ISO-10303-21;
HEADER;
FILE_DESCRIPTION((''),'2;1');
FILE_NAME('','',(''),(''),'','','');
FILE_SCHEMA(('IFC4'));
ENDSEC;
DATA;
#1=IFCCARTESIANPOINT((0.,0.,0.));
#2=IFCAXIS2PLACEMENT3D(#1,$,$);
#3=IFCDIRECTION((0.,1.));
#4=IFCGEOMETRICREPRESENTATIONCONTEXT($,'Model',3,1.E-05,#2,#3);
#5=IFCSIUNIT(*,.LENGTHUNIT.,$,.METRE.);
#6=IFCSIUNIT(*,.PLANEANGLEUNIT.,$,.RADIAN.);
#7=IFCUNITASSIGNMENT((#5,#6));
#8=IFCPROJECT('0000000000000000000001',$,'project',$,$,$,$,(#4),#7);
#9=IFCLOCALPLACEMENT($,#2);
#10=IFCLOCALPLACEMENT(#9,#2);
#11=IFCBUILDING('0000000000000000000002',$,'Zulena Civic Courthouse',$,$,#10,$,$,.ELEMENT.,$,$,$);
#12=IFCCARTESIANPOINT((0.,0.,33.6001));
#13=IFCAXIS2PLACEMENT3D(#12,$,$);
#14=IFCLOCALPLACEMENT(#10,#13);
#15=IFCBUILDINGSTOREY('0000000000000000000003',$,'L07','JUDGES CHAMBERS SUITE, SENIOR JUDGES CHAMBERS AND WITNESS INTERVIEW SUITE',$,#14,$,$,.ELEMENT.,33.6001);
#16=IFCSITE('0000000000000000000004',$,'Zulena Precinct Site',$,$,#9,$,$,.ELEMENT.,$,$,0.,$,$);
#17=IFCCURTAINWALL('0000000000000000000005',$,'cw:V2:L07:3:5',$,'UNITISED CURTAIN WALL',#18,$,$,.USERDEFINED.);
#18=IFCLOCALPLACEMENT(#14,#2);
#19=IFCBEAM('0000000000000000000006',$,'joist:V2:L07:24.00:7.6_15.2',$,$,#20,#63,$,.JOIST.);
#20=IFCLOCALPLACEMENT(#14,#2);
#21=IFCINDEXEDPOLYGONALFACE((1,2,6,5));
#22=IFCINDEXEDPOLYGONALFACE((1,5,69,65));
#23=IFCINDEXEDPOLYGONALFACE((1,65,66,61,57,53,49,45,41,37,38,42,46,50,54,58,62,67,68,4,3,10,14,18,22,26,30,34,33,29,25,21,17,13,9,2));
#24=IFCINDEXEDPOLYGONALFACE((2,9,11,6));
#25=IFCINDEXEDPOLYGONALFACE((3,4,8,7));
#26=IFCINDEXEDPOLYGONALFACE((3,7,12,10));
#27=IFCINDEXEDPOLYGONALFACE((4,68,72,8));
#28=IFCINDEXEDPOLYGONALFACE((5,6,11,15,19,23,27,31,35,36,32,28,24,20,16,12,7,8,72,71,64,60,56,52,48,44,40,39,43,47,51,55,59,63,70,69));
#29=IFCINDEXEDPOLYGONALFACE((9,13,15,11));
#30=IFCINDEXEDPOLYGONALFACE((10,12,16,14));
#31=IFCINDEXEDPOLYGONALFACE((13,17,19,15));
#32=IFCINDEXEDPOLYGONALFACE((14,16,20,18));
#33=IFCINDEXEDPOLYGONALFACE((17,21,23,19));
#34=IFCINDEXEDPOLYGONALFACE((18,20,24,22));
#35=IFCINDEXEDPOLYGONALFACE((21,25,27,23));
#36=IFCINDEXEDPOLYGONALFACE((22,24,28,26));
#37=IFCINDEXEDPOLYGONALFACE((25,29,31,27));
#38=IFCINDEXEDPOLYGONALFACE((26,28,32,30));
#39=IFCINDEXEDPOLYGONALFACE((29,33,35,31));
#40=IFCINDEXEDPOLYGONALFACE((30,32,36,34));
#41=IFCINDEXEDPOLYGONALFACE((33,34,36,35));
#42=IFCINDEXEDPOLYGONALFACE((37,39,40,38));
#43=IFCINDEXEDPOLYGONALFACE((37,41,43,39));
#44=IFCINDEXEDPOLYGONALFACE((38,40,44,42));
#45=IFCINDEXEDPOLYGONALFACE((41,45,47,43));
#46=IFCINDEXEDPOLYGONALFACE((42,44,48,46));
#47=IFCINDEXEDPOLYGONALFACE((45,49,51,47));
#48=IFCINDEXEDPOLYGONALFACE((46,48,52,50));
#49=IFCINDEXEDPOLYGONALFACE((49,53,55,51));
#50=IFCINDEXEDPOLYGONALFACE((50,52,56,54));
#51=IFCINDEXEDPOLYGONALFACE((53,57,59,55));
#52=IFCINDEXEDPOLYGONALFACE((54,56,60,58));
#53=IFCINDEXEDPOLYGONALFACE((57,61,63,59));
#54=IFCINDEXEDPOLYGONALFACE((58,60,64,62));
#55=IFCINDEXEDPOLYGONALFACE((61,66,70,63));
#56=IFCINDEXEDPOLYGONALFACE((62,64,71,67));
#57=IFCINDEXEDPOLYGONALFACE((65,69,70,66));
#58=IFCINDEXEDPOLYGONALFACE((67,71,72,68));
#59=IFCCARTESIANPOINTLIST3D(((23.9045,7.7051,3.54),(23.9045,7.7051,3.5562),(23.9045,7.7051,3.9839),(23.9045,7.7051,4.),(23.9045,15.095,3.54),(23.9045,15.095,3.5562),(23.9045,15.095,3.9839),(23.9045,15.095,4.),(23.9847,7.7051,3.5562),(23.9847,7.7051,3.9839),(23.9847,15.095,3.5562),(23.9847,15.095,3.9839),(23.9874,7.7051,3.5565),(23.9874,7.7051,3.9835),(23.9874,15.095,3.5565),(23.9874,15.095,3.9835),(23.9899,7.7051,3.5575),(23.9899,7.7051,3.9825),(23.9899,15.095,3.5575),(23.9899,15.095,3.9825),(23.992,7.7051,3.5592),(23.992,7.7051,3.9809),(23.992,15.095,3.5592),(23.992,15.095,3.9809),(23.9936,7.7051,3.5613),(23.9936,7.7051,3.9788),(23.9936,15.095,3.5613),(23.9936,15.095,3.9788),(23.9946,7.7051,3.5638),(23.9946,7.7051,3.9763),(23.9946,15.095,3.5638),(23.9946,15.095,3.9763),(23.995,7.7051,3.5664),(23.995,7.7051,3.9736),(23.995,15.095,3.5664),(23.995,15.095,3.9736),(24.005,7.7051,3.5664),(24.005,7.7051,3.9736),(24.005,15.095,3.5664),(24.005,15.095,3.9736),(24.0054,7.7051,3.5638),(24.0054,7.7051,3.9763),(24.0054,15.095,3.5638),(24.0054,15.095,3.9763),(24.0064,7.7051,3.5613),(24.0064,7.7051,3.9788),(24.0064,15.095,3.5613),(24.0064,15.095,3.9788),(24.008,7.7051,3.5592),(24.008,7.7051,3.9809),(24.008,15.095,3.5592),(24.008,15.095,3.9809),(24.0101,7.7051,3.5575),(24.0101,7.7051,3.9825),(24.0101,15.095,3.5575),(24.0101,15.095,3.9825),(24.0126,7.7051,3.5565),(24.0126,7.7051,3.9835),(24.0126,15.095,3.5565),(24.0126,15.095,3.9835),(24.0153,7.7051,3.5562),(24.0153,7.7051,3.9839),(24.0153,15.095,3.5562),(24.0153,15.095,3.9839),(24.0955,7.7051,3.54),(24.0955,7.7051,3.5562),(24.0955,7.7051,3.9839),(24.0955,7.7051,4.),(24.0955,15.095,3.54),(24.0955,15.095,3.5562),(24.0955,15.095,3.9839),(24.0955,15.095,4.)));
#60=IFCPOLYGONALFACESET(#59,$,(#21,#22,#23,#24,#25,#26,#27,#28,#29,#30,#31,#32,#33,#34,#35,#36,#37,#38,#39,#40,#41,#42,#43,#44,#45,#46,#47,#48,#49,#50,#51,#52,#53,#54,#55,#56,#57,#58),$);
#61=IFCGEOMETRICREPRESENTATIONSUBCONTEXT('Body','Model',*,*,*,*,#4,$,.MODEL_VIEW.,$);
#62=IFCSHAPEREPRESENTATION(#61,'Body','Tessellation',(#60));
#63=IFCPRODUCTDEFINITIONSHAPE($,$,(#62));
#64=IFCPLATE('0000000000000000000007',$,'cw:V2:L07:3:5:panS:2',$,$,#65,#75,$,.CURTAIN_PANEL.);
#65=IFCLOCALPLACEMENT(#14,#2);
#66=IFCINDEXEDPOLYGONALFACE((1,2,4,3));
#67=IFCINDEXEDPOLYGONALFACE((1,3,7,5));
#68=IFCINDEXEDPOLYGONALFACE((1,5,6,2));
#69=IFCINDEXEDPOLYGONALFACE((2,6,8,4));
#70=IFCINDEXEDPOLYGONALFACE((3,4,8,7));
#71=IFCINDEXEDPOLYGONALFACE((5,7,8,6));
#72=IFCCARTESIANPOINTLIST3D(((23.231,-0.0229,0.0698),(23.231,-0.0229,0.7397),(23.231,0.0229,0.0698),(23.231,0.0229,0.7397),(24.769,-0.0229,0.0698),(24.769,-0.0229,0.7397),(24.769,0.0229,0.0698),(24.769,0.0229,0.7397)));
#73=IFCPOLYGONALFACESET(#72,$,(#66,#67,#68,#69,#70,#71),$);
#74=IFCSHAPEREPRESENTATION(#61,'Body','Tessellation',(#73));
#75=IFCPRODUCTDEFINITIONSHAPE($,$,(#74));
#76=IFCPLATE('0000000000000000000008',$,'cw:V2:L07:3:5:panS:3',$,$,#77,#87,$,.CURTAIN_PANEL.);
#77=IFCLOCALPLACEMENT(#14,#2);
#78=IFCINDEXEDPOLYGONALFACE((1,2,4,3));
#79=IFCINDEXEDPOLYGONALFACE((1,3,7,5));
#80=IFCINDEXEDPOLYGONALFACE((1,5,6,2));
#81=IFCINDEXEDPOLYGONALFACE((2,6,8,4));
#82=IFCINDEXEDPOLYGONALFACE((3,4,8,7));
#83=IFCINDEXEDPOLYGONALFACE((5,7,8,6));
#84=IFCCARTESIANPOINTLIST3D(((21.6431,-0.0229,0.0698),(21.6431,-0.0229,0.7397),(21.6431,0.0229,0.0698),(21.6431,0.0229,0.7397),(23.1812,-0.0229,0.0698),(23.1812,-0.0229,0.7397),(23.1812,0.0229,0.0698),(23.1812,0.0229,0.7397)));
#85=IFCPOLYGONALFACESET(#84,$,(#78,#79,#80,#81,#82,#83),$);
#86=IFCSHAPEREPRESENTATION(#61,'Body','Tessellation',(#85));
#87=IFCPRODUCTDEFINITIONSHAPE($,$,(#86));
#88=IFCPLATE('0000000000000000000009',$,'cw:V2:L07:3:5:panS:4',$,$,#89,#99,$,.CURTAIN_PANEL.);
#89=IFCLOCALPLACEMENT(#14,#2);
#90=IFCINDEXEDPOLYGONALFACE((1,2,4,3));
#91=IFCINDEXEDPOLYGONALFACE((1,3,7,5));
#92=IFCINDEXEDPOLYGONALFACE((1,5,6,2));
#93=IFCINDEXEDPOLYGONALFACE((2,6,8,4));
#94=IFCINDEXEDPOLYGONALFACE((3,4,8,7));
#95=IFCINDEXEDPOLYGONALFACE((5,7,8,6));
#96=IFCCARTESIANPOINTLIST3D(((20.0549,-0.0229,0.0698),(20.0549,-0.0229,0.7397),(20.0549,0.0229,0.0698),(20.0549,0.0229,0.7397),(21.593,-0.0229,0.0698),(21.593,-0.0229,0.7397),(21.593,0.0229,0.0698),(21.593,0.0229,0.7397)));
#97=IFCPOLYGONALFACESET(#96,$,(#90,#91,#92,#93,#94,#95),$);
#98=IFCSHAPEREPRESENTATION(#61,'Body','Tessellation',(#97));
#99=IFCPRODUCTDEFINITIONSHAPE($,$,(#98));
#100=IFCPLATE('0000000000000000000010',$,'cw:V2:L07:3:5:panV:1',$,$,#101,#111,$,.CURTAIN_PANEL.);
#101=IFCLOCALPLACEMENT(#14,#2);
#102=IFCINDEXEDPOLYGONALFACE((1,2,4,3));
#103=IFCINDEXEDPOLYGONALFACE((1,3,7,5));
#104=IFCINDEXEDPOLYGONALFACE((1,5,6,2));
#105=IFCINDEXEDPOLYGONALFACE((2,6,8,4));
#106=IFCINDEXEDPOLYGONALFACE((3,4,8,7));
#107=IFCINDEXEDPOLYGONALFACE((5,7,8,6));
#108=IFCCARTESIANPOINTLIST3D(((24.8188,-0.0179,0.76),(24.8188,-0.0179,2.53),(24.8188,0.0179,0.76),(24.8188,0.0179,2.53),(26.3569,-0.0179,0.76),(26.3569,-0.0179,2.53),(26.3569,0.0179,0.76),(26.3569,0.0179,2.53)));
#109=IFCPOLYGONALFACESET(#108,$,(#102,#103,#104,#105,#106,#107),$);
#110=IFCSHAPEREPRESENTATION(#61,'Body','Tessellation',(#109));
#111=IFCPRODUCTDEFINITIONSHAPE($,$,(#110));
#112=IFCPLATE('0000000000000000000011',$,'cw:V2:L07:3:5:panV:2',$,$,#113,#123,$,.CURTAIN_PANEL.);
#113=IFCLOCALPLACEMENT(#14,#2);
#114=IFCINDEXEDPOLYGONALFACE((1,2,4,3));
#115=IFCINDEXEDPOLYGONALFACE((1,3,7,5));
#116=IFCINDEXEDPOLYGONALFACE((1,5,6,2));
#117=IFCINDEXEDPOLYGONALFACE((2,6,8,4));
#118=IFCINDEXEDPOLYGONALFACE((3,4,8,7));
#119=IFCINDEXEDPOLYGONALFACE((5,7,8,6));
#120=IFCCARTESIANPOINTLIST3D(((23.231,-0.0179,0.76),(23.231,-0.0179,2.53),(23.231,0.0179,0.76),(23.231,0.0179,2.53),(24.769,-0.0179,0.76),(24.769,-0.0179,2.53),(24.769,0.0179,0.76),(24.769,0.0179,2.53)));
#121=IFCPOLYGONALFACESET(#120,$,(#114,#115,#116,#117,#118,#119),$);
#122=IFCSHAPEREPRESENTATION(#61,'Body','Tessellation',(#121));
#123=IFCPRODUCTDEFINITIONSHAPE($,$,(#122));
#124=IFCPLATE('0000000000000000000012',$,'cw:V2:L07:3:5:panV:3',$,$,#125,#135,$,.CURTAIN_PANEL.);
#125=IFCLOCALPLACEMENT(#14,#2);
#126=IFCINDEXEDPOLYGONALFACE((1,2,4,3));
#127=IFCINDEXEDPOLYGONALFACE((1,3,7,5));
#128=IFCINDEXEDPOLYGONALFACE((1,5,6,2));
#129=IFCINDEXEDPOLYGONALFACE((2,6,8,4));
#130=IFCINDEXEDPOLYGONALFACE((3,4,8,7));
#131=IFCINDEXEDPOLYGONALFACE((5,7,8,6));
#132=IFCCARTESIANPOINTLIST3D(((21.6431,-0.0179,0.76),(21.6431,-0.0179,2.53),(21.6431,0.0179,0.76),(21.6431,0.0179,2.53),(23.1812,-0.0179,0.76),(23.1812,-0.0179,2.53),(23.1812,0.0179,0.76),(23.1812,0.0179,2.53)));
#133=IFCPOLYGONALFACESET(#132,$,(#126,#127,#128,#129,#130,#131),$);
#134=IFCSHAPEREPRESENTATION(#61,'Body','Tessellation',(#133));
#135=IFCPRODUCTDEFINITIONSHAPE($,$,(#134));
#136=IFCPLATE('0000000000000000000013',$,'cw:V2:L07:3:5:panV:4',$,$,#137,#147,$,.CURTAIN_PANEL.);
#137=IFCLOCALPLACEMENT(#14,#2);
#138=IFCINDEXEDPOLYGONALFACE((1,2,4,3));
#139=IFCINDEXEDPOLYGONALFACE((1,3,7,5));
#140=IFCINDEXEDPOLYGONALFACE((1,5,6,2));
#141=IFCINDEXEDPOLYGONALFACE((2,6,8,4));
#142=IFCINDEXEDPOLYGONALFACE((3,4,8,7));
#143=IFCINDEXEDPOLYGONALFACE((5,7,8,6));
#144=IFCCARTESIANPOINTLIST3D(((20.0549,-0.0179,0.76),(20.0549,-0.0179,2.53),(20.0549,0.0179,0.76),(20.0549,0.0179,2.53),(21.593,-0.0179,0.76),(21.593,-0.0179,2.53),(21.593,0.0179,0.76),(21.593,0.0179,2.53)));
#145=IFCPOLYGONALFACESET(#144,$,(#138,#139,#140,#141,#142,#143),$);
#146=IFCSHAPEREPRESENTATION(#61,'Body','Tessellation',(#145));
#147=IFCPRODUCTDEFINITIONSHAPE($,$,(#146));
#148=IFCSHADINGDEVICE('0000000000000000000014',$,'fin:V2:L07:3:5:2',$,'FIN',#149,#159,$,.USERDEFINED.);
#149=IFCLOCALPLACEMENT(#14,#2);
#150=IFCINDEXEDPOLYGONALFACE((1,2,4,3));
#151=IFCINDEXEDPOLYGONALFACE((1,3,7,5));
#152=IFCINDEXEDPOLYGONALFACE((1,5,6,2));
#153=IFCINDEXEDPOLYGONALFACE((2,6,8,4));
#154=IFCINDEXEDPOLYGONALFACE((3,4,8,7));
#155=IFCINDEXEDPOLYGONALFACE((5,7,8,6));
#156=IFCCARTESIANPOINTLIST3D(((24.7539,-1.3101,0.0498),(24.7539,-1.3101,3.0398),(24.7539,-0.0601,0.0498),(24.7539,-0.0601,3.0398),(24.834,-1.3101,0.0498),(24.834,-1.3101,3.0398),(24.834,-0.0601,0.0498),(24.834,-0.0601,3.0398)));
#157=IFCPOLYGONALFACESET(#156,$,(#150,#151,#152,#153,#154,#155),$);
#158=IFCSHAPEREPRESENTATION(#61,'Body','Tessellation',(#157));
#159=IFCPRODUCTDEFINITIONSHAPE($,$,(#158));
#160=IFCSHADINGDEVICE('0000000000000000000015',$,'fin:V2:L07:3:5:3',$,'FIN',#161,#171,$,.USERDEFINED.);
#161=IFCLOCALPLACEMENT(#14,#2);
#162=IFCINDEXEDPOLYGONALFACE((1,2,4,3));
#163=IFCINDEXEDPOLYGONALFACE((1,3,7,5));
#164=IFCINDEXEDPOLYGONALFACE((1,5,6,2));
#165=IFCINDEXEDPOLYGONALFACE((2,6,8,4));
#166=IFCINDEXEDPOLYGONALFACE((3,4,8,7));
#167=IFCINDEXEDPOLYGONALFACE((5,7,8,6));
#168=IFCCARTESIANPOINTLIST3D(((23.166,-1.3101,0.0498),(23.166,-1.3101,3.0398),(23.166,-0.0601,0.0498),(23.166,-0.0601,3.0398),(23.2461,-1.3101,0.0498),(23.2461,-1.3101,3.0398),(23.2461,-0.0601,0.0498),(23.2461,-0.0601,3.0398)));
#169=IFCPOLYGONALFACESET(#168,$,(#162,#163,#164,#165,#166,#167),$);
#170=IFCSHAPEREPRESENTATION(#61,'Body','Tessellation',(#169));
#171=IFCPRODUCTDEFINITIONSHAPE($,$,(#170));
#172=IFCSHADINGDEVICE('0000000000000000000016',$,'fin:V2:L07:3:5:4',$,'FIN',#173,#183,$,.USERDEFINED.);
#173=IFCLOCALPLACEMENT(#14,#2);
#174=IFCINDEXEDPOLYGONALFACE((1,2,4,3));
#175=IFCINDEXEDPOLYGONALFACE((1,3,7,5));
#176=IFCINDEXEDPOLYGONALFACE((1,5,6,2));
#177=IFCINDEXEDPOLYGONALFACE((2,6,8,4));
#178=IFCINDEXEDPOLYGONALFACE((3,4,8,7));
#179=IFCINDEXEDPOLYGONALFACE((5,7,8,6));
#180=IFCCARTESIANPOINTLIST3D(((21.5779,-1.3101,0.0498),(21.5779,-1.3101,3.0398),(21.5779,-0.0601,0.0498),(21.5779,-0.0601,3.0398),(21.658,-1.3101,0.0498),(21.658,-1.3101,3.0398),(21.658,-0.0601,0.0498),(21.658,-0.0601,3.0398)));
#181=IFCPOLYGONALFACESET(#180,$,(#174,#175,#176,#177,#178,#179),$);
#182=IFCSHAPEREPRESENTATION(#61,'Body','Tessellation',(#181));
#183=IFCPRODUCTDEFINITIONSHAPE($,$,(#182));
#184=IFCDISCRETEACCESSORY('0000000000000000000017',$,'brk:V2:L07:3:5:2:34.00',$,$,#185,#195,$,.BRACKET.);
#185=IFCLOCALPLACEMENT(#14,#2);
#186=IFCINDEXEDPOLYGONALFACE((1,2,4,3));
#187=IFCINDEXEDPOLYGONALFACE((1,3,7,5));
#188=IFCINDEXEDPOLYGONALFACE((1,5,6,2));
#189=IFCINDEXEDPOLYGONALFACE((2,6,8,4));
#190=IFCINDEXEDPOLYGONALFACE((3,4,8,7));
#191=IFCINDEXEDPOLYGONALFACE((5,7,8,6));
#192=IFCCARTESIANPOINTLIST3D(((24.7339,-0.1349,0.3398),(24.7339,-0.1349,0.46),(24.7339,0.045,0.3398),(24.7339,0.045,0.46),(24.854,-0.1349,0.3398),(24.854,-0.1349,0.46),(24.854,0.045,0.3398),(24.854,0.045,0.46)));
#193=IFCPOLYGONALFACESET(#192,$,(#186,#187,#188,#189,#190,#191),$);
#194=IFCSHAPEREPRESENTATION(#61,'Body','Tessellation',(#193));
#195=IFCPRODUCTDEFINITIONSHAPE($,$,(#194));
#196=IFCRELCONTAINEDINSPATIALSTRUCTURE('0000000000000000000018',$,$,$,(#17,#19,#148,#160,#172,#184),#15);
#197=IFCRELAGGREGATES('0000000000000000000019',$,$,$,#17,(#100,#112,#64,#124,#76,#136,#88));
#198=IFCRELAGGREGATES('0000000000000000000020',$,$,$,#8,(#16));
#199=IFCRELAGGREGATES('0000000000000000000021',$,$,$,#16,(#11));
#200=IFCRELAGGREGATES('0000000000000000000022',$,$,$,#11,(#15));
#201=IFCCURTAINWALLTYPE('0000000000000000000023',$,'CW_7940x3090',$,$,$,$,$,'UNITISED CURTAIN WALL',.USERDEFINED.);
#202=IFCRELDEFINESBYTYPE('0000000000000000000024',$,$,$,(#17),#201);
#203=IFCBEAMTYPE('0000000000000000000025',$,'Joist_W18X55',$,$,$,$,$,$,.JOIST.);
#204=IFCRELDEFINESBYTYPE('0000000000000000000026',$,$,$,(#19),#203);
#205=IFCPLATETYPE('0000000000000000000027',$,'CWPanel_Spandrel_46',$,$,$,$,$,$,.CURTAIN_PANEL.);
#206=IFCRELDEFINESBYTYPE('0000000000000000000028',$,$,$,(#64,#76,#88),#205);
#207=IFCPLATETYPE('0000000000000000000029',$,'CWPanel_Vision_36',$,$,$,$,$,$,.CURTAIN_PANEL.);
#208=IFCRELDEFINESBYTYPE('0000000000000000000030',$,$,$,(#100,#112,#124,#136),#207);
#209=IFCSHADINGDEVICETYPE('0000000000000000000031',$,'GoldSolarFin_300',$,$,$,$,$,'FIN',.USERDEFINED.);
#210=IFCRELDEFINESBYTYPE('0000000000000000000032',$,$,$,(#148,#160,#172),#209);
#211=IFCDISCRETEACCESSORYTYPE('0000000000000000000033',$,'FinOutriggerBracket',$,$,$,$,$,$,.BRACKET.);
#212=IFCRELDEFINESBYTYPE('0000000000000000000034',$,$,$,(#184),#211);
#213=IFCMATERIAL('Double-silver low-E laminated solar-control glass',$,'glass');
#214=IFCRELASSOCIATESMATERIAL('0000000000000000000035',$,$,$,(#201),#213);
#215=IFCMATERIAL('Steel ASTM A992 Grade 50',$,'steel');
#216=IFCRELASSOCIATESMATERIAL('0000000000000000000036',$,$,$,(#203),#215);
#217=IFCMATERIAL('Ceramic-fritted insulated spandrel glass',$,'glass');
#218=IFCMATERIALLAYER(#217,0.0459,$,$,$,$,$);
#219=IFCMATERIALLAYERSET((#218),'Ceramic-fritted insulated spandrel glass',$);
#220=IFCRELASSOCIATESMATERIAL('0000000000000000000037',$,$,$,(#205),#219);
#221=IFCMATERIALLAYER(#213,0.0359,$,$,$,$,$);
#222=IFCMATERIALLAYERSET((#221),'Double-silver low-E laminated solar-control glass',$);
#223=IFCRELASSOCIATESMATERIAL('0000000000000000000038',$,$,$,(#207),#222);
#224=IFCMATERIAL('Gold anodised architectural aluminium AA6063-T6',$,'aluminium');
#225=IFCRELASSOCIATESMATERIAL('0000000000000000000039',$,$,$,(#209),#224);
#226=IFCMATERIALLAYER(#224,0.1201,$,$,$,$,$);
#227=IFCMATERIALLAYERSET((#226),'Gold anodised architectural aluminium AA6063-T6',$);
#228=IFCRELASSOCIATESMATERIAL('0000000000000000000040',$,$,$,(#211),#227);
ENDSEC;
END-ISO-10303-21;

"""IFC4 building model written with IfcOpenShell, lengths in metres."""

from ifc_helpers import new_model, si_unit, direction, frame, origin, origin_2d, place, context, subcontext, project, spatial, rectangle, i_section, extrude, material, layer, layer_set, material_profile, profile_set, type_object, element, aggregate, save


model = new_model("IFC4")

# Units and contexts
model_context = context("Model", 3, precision=1e-05, world=origin(), true_north=direction((0.0, 1.0)))
body_context = subcontext(model_context, "Body", "Model", "MODEL_VIEW")
ifc_project = project(units=[si_unit("LENGTHUNIT", "METRE"), si_unit("PLANEANGLEUNIT", "RADIAN")], contexts=[model_context])

# Site, building, storey
site_placement = place(None, origin())
site = spatial("IfcSite", under=ifc_project, at=site_placement, Name="Zulena Precinct Site", CompositionType="ELEMENT", RefElevation=0.0)
building_placement = place(site_placement, origin())
building = spatial("IfcBuilding", under=site, at=building_placement, Name="Zulena Civic Courthouse", CompositionType="ELEMENT")
storey_placement = place(building_placement, frame((0.0, 0.0, 33.6001)))
storey = spatial("IfcBuildingStorey", under=building, at=storey_placement, Name="L07", Description="JUDGES CHAMBERS SUITE, SENIOR JUDGES CHAMBERS AND WITNESS INTERVIEW SUITE", CompositionType="ELEMENT", Elevation=33.6001)

# Curtain wall
ifc_material_1 = material(Name="Double-silver low-E laminated solar-control glass", Category="glass")
curtain_wall_type = type_object("IfcCurtainWallType", Name="CW_7940x3090", ElementType="UNITISED CURTAIN WALL", PredefinedType="USERDEFINED", material=ifc_material_1)
curtain_wall_placement = place(storey_placement, origin())
curtain_wall = element("IfcCurtainWall", 1, at=curtain_wall_placement, inside=storey, type_object=curtain_wall_type, Name="cw:V2:L07:3:5", ObjectType="UNITISED CURTAIN WALL", PredefinedType="USERDEFINED")

# Beam
ifc_material_2 = material(Name="Steel ASTM A992 Grade 50", Category="steel")
ifc_material_profile_1 = material_profile(ifc_material_2, i_section(OverallWidth=0.1909, OverallDepth=0.46, WebThickness=0.01, FlangeThickness=0.0161, FilletRadius=0.0103, at=origin_2d()), Name="W18X55")
ifc_profile_set_1 = profile_set([ifc_material_profile_1], Name="Steel ASTM A992 Grade 50")
beam_type_1 = type_object("IfcBeamType", Name="Joist_W18X55", PredefinedType="JOIST", material=ifc_profile_set_1)
beam_1_placement = place(storey_placement, frame((24.0, 7.7051, 3.77), z_axis=(0.0, 1.0, 0.0), x_axis=(-1.0, 0.0, 0.0)))
element("IfcBeam", 2, at=beam_1_placement, inside=storey, type_object=beam_type_1, Name="joist:V2:L07:24.00:7.6_15.2", PredefinedType="JOIST", context=body_context, shape_type="SweptSolid", body=[
    extrude(i_section(OverallWidth=0.1909, OverallDepth=0.46, WebThickness=0.01, FlangeThickness=0.0161, FilletRadius=0.0103, at=origin_2d()), origin(), (0.0, 0.0, 1.0), 7.3899),
])

# Plates
ifc_material_3 = material(Name="Ceramic-fritted insulated spandrel glass", Category="glass")
ifc_layer_1 = layer(ifc_material_3, 0.0459)
ifc_layer_set_1 = layer_set([ifc_layer_1], Name="Ceramic-fritted insulated spandrel glass")
plate_type_1 = type_object("IfcPlateType", Name="CWPanel_Spandrel_46", PredefinedType="CURTAIN_PANEL", material=ifc_layer_set_1)
plate_1_placement = place(storey_placement, frame((24.0, 0.0, 0.0698), z_axis=(0.0, 0.0, 1.0), x_axis=(-1.0, 0.0, 0.0)))
plate_1 = element("IfcPlate", 3, at=plate_1_placement, type_object=plate_type_1, Name="cw:V2:L07:3:5:panS:2", PredefinedType="CURTAIN_PANEL", context=body_context, shape_type="SweptSolid", body=[
    extrude(rectangle(XDim=1.5381, YDim=0.0459, at=origin_2d()), origin(), (0.0, 0.0, 1.0), 0.6699),
])
plate_2_placement = place(storey_placement, frame((22.4121, 0.0, 0.0698), z_axis=(0.0, 0.0, 1.0), x_axis=(-1.0, 0.0, 0.0)))
plate_2 = element("IfcPlate", 4, at=plate_2_placement, type_object=plate_type_1, Name="cw:V2:L07:3:5:panS:3", PredefinedType="CURTAIN_PANEL", context=body_context, shape_type="SweptSolid", body=[
    extrude(rectangle(XDim=1.5381, YDim=0.0459, at=origin_2d()), origin(), (0.0, 0.0, 1.0), 0.6699),
])
plate_3_placement = place(storey_placement, frame((20.824, 0.0, 0.0698), z_axis=(0.0, 0.0, 1.0), x_axis=(-1.0, 0.0, 0.0)))
plate_3 = element("IfcPlate", 5, at=plate_3_placement, type_object=plate_type_1, Name="cw:V2:L07:3:5:panS:4", PredefinedType="CURTAIN_PANEL", context=body_context, shape_type="SweptSolid", body=[
    extrude(rectangle(XDim=1.5381, YDim=0.0459, at=origin_2d()), origin(), (0.0, 0.0, 1.0), 0.6699),
])
ifc_layer_2 = layer(ifc_material_1, 0.0359)
ifc_layer_set_2 = layer_set([ifc_layer_2], Name="Double-silver low-E laminated solar-control glass")
plate_type_2 = type_object("IfcPlateType", Name="CWPanel_Vision_36", PredefinedType="CURTAIN_PANEL", material=ifc_layer_set_2)
plate_4_placement = place(storey_placement, frame((25.5879, 0.0, 0.76), z_axis=(0.0, 0.0, 1.0), x_axis=(-1.0, 0.0, 0.0)))
plate_4 = element("IfcPlate", 6, at=plate_4_placement, type_object=plate_type_2, Name="cw:V2:L07:3:5:panV:1", PredefinedType="CURTAIN_PANEL", context=body_context, shape_type="SweptSolid", body=[
    extrude(rectangle(XDim=1.5381, YDim=0.0359, at=origin_2d()), origin(), (0.0, 0.0, 1.0), 1.77),
])
plate_5_placement = place(storey_placement, frame((24.0, 0.0, 0.76), z_axis=(0.0, 0.0, 1.0), x_axis=(-1.0, 0.0, 0.0)))
plate_5 = element("IfcPlate", 7, at=plate_5_placement, type_object=plate_type_2, Name="cw:V2:L07:3:5:panV:2", PredefinedType="CURTAIN_PANEL", context=body_context, shape_type="SweptSolid", body=[
    extrude(rectangle(XDim=1.5381, YDim=0.0359, at=origin_2d()), origin(), (0.0, 0.0, 1.0), 1.77),
])
plate_6_placement = place(storey_placement, frame((22.4121, 0.0, 0.76), z_axis=(0.0, 0.0, 1.0), x_axis=(-1.0, 0.0, 0.0)))
plate_6 = element("IfcPlate", 8, at=plate_6_placement, type_object=plate_type_2, Name="cw:V2:L07:3:5:panV:3", PredefinedType="CURTAIN_PANEL", context=body_context, shape_type="SweptSolid", body=[
    extrude(rectangle(XDim=1.5381, YDim=0.0359, at=origin_2d()), origin(), (0.0, 0.0, 1.0), 1.77),
])
plate_7_placement = place(storey_placement, frame((20.824, 0.0, 0.76), z_axis=(0.0, 0.0, 1.0), x_axis=(-1.0, 0.0, 0.0)))
plate_7 = element("IfcPlate", 9, at=plate_7_placement, type_object=plate_type_2, Name="cw:V2:L07:3:5:panV:4", PredefinedType="CURTAIN_PANEL", context=body_context, shape_type="SweptSolid", body=[
    extrude(rectangle(XDim=1.5381, YDim=0.0359, at=origin_2d()), origin(), (0.0, 0.0, 1.0), 1.77),
])
aggregate(curtain_wall, [plate_4, plate_5, plate_1, plate_6, plate_2, plate_7, plate_3])

# Shading devices
ifc_material_4 = material(Name="Gold anodised architectural aluminium AA6063-T6", Category="aluminium")
shading_device_type = type_object("IfcShadingDeviceType", Name="GoldSolarFin_300", ElementType="FIN", PredefinedType="USERDEFINED", material=ifc_material_4)
for number, where, z_axis, x_axis, name in (
    (10, (24.7939, -0.6851, 0.0498), (0.0, 0.0, 1.0), (0.0, -1.0, 0.0), "fin:V2:L07:3:5:2"),
    (11, (23.2061, -0.6851, 0.0498), (0.0, 0.0, 1.0), (0.0, -1.0, 0.0), "fin:V2:L07:3:5:3"),
    (12, (21.6179, -0.6851, 0.0498), (0.0, 0.0, 1.0), (0.0, -1.0, 0.0), "fin:V2:L07:3:5:4"),
):
    element("IfcShadingDevice", number, at=place(storey_placement, frame(where, z_axis=z_axis, x_axis=x_axis)), inside=storey, type_object=shading_device_type, Name=name, ObjectType="FIN", PredefinedType="USERDEFINED", context=body_context, shape_type="SweptSolid", body=[
        extrude(rectangle(XDim=1.25, YDim=0.0801, at=origin_2d()), origin(), (0.0, 0.0, 1.0), 2.99),
    ])

# Discrete accessory
ifc_layer_3 = layer(ifc_material_4, 0.1201)
ifc_layer_set_3 = layer_set([ifc_layer_3], Name="Gold anodised architectural aluminium AA6063-T6")
discrete_accessory_type = type_object("IfcDiscreteAccessoryType", Name="FinOutriggerBracket", PredefinedType="BRACKET", material=ifc_layer_set_3)
for number, where, z_axis, x_axis, name in (
    (13, (24.7939, -0.0449, 0.3398), (0.0, 0.0, 1.0), (0.0, -1.0, 0.0), "brk:V2:L07:3:5:2:34.00"),
):
    element("IfcDiscreteAccessory", number, at=place(storey_placement, frame(where, z_axis=z_axis, x_axis=x_axis)), inside=storey, type_object=discrete_accessory_type, Name=name, PredefinedType="BRACKET", context=body_context, shape_type="SweptSolid", body=[
        extrude(rectangle(XDim=0.1799, YDim=0.1201, at=origin_2d()), origin(), (0.0, 0.0, 1.0), 0.1201),
    ])

save(model, "model.ifc")
